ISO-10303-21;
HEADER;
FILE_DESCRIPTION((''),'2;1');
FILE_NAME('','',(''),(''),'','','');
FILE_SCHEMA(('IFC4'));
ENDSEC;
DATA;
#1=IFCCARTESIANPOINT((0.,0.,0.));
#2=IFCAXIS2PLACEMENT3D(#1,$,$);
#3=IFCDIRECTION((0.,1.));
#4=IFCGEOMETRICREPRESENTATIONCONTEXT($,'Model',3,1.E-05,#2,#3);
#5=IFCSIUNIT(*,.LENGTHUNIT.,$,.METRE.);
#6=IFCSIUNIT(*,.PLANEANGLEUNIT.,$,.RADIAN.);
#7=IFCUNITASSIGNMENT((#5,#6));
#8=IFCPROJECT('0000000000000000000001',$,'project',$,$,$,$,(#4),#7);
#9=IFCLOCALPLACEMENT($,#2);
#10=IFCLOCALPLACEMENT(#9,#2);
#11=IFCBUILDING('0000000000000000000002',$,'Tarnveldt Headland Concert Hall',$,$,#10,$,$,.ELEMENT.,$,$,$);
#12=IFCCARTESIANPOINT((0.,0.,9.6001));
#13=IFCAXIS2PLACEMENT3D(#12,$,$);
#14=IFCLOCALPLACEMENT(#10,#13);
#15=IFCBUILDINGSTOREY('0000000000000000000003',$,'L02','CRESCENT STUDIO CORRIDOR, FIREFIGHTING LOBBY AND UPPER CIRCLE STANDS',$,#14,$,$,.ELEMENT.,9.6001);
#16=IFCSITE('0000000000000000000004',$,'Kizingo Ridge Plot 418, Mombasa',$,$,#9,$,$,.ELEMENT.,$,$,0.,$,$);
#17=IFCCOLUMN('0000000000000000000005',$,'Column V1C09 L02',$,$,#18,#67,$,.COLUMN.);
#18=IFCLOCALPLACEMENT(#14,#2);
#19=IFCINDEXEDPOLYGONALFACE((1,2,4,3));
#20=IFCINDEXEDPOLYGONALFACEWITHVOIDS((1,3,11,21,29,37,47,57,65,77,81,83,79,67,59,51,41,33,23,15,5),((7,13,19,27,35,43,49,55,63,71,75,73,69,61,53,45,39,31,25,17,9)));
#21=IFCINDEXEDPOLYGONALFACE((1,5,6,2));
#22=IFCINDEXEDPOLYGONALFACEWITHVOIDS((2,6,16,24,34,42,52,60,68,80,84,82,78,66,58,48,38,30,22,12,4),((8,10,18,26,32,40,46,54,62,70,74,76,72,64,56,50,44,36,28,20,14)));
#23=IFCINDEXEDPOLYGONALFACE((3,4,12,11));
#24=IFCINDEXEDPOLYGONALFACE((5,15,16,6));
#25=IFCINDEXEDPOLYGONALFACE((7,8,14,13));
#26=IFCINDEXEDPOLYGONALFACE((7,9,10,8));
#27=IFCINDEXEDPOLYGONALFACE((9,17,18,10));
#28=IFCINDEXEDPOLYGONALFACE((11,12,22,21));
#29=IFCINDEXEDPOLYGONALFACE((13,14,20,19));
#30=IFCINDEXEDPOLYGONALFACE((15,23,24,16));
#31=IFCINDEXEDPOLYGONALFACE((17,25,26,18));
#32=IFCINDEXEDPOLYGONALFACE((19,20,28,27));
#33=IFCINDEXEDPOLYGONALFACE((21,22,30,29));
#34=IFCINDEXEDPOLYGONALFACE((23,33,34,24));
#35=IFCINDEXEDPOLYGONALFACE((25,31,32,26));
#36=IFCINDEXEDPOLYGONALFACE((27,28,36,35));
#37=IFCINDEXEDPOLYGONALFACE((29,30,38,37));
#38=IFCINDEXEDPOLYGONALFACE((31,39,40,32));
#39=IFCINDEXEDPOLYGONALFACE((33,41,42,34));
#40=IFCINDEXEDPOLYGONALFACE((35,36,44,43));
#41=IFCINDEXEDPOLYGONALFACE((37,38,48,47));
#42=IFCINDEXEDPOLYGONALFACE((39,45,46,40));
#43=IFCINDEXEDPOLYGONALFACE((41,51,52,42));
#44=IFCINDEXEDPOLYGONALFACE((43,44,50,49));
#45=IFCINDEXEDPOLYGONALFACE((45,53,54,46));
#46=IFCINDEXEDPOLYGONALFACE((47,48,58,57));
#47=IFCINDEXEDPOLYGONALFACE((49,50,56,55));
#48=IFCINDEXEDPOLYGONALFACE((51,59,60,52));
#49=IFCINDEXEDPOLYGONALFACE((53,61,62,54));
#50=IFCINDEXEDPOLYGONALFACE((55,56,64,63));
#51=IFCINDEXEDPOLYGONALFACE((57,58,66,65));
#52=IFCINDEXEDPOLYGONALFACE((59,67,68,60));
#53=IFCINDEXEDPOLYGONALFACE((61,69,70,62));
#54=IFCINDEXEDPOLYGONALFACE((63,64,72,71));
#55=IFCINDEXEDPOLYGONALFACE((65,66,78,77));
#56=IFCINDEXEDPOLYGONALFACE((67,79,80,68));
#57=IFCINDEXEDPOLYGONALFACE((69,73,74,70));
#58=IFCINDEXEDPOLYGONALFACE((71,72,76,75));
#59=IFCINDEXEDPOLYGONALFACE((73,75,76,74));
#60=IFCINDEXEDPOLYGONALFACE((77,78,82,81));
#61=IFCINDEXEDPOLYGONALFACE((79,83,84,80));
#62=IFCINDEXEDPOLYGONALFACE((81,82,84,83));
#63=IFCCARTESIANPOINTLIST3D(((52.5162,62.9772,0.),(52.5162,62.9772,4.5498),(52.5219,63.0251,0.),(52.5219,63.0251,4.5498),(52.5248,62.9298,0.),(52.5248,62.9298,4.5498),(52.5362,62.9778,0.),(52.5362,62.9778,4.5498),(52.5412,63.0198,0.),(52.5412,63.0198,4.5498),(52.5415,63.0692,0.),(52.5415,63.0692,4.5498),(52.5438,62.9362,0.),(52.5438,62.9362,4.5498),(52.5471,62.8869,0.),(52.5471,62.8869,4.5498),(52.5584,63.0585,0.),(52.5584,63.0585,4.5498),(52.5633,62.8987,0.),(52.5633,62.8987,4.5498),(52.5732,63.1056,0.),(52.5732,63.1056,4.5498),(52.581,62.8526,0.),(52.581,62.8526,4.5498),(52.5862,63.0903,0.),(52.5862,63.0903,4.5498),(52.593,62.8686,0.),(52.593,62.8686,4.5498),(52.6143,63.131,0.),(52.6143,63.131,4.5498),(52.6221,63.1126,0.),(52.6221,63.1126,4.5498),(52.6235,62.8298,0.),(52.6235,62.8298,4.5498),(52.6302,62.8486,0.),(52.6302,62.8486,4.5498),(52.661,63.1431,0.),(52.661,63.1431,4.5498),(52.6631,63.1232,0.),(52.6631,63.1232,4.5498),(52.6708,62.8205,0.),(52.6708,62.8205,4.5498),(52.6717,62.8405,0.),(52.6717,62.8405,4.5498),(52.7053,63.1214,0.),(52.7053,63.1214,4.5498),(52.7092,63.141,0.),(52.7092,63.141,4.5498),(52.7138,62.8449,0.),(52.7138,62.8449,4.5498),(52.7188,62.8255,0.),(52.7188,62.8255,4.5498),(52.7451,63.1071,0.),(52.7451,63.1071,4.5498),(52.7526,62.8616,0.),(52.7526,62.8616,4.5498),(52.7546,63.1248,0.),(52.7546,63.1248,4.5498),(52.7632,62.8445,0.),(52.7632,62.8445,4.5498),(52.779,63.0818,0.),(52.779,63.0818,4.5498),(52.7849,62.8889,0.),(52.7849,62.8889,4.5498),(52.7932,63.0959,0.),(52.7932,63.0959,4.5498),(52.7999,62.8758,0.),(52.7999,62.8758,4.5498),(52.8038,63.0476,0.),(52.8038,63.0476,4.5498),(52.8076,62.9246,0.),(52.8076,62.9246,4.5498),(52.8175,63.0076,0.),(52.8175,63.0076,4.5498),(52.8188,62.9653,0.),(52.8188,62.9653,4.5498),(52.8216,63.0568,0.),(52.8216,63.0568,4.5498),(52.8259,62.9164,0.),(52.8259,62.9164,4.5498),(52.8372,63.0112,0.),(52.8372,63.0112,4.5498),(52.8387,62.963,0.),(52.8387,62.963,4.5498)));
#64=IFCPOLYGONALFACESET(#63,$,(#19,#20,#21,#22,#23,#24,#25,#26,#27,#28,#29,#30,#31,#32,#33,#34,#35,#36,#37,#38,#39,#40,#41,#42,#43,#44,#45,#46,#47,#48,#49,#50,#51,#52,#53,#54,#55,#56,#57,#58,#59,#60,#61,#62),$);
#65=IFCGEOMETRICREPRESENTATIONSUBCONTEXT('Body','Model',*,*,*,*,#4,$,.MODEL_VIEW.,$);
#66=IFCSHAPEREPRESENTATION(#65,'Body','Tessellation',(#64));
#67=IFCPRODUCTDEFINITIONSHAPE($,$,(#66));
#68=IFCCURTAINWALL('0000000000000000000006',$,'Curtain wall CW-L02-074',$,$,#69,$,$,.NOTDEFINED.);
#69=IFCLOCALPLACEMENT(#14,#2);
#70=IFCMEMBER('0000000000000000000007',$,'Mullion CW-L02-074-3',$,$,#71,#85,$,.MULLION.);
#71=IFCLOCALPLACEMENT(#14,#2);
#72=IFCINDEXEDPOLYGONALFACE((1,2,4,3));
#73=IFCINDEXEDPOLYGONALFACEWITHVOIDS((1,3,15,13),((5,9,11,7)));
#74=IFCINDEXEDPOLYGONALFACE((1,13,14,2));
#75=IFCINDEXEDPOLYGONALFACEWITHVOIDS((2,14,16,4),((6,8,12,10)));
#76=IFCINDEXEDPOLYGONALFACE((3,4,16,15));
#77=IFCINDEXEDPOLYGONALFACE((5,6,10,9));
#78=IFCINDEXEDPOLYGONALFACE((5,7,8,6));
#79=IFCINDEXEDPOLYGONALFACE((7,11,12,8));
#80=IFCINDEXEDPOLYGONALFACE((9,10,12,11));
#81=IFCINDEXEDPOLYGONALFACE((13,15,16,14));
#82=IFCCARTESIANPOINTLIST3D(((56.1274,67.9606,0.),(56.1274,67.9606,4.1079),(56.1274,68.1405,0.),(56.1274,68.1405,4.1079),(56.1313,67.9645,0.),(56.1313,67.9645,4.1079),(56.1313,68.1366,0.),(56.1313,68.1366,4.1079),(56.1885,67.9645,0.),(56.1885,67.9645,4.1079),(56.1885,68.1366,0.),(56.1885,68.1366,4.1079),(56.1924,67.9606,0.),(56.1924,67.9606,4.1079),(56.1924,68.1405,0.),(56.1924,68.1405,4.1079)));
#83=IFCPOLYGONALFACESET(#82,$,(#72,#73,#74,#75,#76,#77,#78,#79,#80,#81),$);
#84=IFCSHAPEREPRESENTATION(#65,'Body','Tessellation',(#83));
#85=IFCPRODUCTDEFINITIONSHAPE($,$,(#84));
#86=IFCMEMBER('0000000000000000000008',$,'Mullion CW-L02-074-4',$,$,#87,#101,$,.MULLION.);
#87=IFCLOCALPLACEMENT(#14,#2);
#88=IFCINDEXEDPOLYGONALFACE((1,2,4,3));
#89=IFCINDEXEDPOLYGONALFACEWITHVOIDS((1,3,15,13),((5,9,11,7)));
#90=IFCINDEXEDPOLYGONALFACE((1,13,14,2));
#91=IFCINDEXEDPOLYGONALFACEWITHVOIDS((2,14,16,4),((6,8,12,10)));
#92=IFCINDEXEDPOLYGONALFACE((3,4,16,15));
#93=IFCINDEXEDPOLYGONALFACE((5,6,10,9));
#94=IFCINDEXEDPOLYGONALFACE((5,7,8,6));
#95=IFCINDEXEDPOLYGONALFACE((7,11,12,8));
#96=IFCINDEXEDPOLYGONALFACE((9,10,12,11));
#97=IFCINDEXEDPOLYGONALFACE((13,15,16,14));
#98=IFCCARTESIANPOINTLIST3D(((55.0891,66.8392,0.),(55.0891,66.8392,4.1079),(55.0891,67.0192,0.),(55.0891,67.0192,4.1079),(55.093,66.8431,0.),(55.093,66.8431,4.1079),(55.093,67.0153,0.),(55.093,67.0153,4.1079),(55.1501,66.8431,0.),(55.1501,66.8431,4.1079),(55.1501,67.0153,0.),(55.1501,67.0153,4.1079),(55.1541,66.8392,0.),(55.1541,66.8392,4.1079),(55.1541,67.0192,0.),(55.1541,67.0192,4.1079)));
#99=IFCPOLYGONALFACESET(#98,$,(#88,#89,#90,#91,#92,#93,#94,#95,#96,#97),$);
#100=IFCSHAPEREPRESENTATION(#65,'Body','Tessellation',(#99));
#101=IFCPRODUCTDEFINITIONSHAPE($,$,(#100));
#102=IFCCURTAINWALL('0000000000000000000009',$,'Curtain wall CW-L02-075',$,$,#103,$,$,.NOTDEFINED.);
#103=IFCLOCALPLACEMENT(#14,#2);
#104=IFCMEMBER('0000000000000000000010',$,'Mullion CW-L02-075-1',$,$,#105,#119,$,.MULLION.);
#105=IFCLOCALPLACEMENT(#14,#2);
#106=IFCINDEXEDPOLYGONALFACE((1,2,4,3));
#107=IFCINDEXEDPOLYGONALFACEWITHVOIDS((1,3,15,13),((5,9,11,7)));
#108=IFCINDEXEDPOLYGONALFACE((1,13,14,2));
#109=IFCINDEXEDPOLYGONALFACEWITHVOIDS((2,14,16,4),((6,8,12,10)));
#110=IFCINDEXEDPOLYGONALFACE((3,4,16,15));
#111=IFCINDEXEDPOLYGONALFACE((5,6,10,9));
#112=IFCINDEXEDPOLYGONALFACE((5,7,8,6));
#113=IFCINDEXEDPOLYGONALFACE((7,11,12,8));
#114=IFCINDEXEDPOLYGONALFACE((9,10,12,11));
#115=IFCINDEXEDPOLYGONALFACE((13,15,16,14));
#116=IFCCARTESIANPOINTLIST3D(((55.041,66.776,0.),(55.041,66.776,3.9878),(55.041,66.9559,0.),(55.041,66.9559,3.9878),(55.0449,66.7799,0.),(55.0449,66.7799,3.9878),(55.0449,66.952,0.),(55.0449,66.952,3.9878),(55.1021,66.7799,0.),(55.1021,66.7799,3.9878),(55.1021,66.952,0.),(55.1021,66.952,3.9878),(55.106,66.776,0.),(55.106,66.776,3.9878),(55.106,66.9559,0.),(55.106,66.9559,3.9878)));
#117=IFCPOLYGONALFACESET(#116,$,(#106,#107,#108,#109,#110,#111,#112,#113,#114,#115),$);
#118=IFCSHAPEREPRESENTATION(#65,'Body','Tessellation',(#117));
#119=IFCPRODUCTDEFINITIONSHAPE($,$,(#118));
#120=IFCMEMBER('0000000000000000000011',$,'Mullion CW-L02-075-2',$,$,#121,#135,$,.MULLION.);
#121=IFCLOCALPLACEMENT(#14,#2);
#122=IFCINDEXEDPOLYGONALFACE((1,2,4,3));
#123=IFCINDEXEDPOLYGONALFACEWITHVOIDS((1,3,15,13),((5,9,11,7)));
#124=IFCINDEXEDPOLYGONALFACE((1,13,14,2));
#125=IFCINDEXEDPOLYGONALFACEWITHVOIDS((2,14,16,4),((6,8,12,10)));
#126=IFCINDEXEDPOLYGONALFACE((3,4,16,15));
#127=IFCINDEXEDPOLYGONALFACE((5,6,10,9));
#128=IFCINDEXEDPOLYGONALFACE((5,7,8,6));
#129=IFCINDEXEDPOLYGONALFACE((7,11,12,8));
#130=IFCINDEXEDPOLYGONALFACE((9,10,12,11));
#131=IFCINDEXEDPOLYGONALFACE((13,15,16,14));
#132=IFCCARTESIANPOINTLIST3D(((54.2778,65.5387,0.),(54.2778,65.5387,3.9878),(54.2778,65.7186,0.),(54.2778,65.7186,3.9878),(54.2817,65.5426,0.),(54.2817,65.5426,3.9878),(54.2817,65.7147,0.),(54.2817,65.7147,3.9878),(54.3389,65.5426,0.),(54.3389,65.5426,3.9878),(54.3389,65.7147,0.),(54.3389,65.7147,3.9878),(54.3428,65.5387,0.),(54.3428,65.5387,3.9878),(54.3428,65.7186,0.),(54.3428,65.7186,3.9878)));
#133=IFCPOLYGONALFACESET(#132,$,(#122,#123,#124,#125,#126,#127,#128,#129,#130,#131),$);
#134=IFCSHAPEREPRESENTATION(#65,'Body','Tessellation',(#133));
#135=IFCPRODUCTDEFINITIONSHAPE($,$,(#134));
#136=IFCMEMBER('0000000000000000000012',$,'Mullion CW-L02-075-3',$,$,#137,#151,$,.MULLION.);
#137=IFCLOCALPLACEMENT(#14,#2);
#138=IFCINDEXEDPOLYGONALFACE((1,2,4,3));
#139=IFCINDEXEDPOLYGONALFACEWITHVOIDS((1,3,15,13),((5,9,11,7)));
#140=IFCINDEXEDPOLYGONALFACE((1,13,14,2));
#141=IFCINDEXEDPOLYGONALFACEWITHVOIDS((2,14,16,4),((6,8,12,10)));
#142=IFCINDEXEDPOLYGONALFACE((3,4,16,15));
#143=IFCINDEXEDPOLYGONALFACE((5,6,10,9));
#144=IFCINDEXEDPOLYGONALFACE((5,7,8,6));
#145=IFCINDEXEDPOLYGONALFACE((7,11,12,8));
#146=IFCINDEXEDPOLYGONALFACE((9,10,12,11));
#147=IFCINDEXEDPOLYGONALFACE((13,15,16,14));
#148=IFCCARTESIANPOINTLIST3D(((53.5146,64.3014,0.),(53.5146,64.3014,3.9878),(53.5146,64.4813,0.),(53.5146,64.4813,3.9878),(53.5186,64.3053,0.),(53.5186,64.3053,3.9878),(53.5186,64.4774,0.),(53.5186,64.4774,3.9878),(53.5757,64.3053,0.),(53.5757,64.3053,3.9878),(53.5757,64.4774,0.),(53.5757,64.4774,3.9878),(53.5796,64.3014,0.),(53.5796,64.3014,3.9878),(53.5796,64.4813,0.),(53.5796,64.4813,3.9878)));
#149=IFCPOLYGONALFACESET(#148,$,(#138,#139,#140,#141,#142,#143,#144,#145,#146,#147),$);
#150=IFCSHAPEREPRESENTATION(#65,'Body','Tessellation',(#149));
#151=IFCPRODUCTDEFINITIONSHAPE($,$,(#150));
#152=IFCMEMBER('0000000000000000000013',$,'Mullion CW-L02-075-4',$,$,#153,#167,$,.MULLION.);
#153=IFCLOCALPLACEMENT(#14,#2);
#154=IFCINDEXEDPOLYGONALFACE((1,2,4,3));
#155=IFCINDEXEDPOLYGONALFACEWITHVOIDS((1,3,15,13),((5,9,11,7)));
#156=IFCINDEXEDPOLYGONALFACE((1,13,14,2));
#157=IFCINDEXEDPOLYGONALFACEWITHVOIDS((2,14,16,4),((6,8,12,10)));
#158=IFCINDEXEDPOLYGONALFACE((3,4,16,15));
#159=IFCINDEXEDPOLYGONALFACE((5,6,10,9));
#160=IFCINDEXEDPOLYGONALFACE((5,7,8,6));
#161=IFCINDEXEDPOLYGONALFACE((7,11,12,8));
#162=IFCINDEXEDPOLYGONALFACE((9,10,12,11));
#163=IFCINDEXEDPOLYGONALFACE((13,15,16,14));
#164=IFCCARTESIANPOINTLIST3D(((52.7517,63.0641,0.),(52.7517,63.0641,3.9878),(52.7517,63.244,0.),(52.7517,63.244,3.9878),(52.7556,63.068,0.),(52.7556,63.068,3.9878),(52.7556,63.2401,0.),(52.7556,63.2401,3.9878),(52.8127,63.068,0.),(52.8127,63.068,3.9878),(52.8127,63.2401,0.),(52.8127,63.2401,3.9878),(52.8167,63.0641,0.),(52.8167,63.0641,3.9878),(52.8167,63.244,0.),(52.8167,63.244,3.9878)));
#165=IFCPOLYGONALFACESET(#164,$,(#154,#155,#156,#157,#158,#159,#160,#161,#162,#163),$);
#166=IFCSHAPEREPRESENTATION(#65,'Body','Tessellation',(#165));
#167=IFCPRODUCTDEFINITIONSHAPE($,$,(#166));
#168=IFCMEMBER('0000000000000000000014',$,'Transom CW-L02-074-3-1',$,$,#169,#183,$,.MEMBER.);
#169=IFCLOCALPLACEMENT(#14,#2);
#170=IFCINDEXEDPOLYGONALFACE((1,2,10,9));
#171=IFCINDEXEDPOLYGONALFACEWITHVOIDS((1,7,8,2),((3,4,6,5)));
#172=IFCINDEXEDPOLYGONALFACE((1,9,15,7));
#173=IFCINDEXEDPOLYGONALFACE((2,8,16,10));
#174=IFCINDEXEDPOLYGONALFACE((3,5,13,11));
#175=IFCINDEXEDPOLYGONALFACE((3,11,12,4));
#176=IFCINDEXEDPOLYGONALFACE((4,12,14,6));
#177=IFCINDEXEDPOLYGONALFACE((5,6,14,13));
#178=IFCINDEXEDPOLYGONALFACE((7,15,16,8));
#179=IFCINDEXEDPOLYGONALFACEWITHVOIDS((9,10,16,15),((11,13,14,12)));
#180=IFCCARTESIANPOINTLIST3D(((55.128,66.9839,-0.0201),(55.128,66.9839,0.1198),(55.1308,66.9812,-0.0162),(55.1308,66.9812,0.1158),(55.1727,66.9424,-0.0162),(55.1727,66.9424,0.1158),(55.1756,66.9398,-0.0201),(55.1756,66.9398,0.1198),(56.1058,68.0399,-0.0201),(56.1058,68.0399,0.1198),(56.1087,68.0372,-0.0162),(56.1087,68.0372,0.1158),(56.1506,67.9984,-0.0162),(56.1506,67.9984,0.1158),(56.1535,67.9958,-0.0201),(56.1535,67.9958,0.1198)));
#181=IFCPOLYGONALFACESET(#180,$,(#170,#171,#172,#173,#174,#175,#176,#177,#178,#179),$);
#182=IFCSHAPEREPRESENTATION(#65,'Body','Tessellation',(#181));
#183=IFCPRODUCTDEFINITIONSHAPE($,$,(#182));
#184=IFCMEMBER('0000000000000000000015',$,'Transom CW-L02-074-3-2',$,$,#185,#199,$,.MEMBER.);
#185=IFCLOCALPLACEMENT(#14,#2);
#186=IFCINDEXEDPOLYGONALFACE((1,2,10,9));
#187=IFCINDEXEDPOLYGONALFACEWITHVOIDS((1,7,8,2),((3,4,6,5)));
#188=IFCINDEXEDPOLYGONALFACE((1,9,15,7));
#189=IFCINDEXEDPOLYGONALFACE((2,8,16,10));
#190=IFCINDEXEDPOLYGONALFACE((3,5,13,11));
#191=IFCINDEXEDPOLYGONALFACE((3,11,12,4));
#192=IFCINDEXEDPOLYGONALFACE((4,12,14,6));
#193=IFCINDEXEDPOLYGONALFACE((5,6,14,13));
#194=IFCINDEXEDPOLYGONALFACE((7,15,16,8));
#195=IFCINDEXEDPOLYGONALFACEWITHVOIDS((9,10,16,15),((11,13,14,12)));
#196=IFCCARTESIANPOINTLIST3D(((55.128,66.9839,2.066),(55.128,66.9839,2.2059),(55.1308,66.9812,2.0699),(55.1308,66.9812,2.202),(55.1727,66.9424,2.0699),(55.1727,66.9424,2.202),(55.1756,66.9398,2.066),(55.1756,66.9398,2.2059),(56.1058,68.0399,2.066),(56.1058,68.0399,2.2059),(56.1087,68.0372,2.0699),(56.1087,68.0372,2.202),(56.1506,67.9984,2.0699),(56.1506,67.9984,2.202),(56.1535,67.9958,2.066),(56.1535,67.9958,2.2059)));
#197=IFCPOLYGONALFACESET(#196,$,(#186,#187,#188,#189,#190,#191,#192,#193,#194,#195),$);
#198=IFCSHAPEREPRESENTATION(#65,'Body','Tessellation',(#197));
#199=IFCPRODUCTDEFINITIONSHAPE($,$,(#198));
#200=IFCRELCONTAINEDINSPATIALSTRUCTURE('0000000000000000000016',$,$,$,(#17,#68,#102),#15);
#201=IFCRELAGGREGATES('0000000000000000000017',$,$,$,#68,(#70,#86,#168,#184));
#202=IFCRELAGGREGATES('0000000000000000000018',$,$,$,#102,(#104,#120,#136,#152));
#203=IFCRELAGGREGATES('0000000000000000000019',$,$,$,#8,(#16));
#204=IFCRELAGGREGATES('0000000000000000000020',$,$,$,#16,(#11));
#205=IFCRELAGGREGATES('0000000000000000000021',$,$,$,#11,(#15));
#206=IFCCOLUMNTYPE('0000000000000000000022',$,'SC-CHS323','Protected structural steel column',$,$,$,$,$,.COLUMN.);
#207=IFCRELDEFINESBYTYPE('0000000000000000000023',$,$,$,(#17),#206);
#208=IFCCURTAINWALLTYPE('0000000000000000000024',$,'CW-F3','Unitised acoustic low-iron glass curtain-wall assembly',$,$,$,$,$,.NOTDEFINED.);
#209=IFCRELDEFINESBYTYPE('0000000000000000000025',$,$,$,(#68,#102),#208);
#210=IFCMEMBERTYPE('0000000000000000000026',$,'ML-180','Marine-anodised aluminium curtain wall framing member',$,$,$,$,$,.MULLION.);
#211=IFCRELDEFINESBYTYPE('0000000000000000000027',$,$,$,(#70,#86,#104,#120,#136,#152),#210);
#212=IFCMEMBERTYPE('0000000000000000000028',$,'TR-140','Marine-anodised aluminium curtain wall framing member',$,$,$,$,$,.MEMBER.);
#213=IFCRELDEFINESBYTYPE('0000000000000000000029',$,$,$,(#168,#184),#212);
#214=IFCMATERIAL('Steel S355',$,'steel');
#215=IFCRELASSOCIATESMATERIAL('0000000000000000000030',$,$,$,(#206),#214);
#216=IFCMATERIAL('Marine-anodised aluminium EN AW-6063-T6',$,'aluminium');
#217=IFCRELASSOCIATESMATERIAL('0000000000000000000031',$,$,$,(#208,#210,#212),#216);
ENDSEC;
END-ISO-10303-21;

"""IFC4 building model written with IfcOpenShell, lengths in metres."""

from ifc_helpers import new_model, si_unit, direction, frame, origin, origin_2d, place, context, subcontext, project, spatial, hollow_rectangle, hollow_circle, extrude, material, material_profile, profile_set, type_object, element, aggregate, save


model = new_model("IFC4")

# Units and contexts
model_context = context("Model", 3, precision=1e-05, world=origin(), true_north=direction((0.0, 1.0)))
body_context = subcontext(model_context, "Body", "Model", "MODEL_VIEW")
ifc_project = project(units=[si_unit("LENGTHUNIT", "METRE"), si_unit("PLANEANGLEUNIT", "RADIAN")], contexts=[model_context])

# Site, building, storey
site_placement = place(None, origin())
site = spatial("IfcSite", under=ifc_project, at=site_placement, Name="Kizingo Ridge Plot 418, Mombasa", CompositionType="ELEMENT", RefElevation=0.0)
building_placement = place(site_placement, origin())
building = spatial("IfcBuilding", under=site, at=building_placement, Name="Tarnveldt Headland Concert Hall", CompositionType="ELEMENT")
storey_placement = place(building_placement, frame((0.0, 0.0, 9.6001)))
storey = spatial("IfcBuildingStorey", under=building, at=storey_placement, Name="L02", Description="CRESCENT STUDIO CORRIDOR, FIREFIGHTING LOBBY AND UPPER CIRCLE STANDS", CompositionType="ELEMENT", Elevation=9.6001)

# Column
ifc_material_1 = material(Name="Steel S355", Category="steel")
ifc_material_profile_1 = material_profile(ifc_material_1, hollow_circle(Radius=0.1619, WallThickness=0.02, at=origin_2d()), Name="CHS 323.9x20", Category="steel")
ifc_profile_set_1 = profile_set([ifc_material_profile_1], Name="Steel S355")
column_type = type_object("IfcColumnType", Name="SC-CHS323", Description="Protected structural steel column", PredefinedType="COLUMN", material=ifc_profile_set_1)
column_placement = place(storey_placement, frame((52.678, 62.9822, 0.0), z_axis=(0.0, 0.0, 1.0), x_axis=(-0.964142, 0.265388, 0.0)))
element("IfcColumn", 1, at=column_placement, inside=storey, type_object=column_type, Name="Column V1C09 L02", PredefinedType="COLUMN", context=body_context, shape_type="SweptSolid", body=[
    extrude(hollow_circle(Radius=0.1619, WallThickness=0.02, at=origin_2d()), origin(), (0.0, 0.0, 1.0), 4.5498),
])

# Curtain walls, members
ifc_material_2 = material(Name="Marine-anodised aluminium EN AW-6063-T6", Category="aluminium")
curtain_wall_type = type_object("IfcCurtainWallType", Name="CW-F3", Description="Unitised acoustic low-iron glass curtain-wall assembly", PredefinedType="NOTDEFINED", material=ifc_material_2)
curtain_wall_1_placement = place(storey_placement, origin())
curtain_wall_1 = element("IfcCurtainWall", 2, at=curtain_wall_1_placement, inside=storey, type_object=curtain_wall_type, Name="Curtain wall CW-L02-074", PredefinedType="NOTDEFINED")
ifc_material_profile_2 = material_profile(ifc_material_2, hollow_rectangle(XDim=0.0649, YDim=0.1799, WallThickness=0.0039, at=origin_2d()), Name="ALU MULLION 65x180x4", Category="aluminium")
ifc_profile_set_2 = profile_set([ifc_material_profile_2], Name="Marine-anodised aluminium EN AW-6063-T6")
member_type_1 = type_object("IfcMemberType", Name="ML-180", Description="Marine-anodised aluminium curtain wall framing member", PredefinedType="MULLION", material=ifc_profile_set_2)
member_1_placement = place(storey_placement, frame((56.1599, 68.0505, 0.0), z_axis=(0.0, 0.0, 1.0), x_axis=(1.0, 0.0, 0.0)))
member_1 = element("IfcMember", 3, at=member_1_placement, type_object=member_type_1, Name="Mullion CW-L02-074-3", PredefinedType="MULLION", context=body_context, shape_type="SweptSolid", body=[
    extrude(hollow_rectangle(XDim=0.0649, YDim=0.1799, WallThickness=0.0039, at=origin_2d()), origin(), (0.0, 0.0, 1.0), 4.1079),
])
member_2_placement = place(storey_placement, frame((55.1216, 66.9292, 0.0), z_axis=(0.0, 0.0, 1.0), x_axis=(1.0, 0.0, 0.0)))
member_2 = element("IfcMember", 4, at=member_2_placement, type_object=member_type_1, Name="Mullion CW-L02-074-4", PredefinedType="MULLION", context=body_context, shape_type="SweptSolid", body=[
    extrude(hollow_rectangle(XDim=0.0649, YDim=0.1799, WallThickness=0.0039, at=origin_2d()), origin(), (0.0, 0.0, 1.0), 4.1079),
])
curtain_wall_2_placement = place(storey_placement, origin())
curtain_wall_2 = element("IfcCurtainWall", 5, at=curtain_wall_2_placement, inside=storey, type_object=curtain_wall_type, Name="Curtain wall CW-L02-075", PredefinedType="NOTDEFINED")
member_3_placement = place(storey_placement, frame((55.0735, 66.866, 0.0), z_axis=(0.0, 0.0, 1.0), x_axis=(1.0, 0.0, 0.0)))
member_3 = element("IfcMember", 6, at=member_3_placement, type_object=member_type_1, Name="Mullion CW-L02-075-1", PredefinedType="MULLION", context=body_context, shape_type="SweptSolid", body=[
    extrude(hollow_rectangle(XDim=0.0649, YDim=0.1799, WallThickness=0.0039, at=origin_2d()), origin(), (0.0, 0.0, 1.0), 3.9878),
])
member_4_placement = place(storey_placement, frame((54.3103, 65.6287, 0.0), z_axis=(0.0, 0.0, 1.0), x_axis=(1.0, 0.0, 0.0)))
member_4 = element("IfcMember", 7, at=member_4_placement, type_object=member_type_1, Name="Mullion CW-L02-075-2", PredefinedType="MULLION", context=body_context, shape_type="SweptSolid", body=[
    extrude(hollow_rectangle(XDim=0.0649, YDim=0.1799, WallThickness=0.0039, at=origin_2d()), origin(), (0.0, 0.0, 1.0), 3.9878),
])
member_5_placement = place(storey_placement, frame((53.5471, 64.3914, 0.0), z_axis=(0.0, 0.0, 1.0), x_axis=(1.0, 0.0, 0.0)))
member_5 = element("IfcMember", 8, at=member_5_placement, type_object=member_type_1, Name="Mullion CW-L02-075-3", PredefinedType="MULLION", context=body_context, shape_type="SweptSolid", body=[
    extrude(hollow_rectangle(XDim=0.0649, YDim=0.1799, WallThickness=0.0039, at=origin_2d()), origin(), (0.0, 0.0, 1.0), 3.9878),
])
member_6_placement = place(storey_placement, frame((52.7842, 63.1541, 0.0), z_axis=(0.0, 0.0, 1.0), x_axis=(1.0, 0.0, 0.0)))
member_6 = element("IfcMember", 9, at=member_6_placement, type_object=member_type_1, Name="Mullion CW-L02-075-4", PredefinedType="MULLION", context=body_context, shape_type="SweptSolid", body=[
    extrude(hollow_rectangle(XDim=0.0649, YDim=0.1799, WallThickness=0.0039, at=origin_2d()), origin(), (0.0, 0.0, 1.0), 3.9878),
])

# Members
ifc_material_profile_3 = material_profile(ifc_material_2, hollow_rectangle(XDim=0.0649, YDim=0.1399, WallThickness=0.0039, at=origin_2d()), Name="ALU TRANSOM 65x140x4", Category="aluminium")
ifc_profile_set_3 = profile_set([ifc_material_profile_3], Name="Marine-anodised aluminium EN AW-6063-T6")
member_type_2 = type_object("IfcMemberType", Name="TR-140", Description="Marine-anodised aluminium curtain wall framing member", PredefinedType="MEMBER", material=ifc_profile_set_3)
member_7_placement = place(storey_placement, frame((56.1296, 68.0178, 0.0498), z_axis=(-0.679442, -0.733729, 0.0), x_axis=(0.733729, -0.679442, 0.0)))
member_7 = element("IfcMember", 10, at=member_7_placement, type_object=member_type_2, Name="Transom CW-L02-074-3-1", PredefinedType="MEMBER", context=body_context, shape_type="SweptSolid", body=[
    extrude(hollow_rectangle(XDim=0.0649, YDim=0.1399, WallThickness=0.0039, at=origin_2d()), origin(), (0.0, 0.0, 1.0), 1.4392),
])
member_8_placement = place(storey_placement, frame((56.1296, 68.0178, 2.136), z_axis=(-0.679442, -0.733729, 0.0), x_axis=(0.733729, -0.679442, 0.0)))
member_8 = element("IfcMember", 11, at=member_8_placement, type_object=member_type_2, Name="Transom CW-L02-074-3-2", PredefinedType="MEMBER", context=body_context, shape_type="SweptSolid", body=[
    extrude(hollow_rectangle(XDim=0.0649, YDim=0.1399, WallThickness=0.0039, at=origin_2d()), origin(), (0.0, 0.0, 1.0), 1.4392),
])

aggregate(curtain_wall_1, [member_1, member_2, member_7, member_8])
aggregate(curtain_wall_2, [member_3, member_4, member_5, member_6])

save(model, "model.ifc")
